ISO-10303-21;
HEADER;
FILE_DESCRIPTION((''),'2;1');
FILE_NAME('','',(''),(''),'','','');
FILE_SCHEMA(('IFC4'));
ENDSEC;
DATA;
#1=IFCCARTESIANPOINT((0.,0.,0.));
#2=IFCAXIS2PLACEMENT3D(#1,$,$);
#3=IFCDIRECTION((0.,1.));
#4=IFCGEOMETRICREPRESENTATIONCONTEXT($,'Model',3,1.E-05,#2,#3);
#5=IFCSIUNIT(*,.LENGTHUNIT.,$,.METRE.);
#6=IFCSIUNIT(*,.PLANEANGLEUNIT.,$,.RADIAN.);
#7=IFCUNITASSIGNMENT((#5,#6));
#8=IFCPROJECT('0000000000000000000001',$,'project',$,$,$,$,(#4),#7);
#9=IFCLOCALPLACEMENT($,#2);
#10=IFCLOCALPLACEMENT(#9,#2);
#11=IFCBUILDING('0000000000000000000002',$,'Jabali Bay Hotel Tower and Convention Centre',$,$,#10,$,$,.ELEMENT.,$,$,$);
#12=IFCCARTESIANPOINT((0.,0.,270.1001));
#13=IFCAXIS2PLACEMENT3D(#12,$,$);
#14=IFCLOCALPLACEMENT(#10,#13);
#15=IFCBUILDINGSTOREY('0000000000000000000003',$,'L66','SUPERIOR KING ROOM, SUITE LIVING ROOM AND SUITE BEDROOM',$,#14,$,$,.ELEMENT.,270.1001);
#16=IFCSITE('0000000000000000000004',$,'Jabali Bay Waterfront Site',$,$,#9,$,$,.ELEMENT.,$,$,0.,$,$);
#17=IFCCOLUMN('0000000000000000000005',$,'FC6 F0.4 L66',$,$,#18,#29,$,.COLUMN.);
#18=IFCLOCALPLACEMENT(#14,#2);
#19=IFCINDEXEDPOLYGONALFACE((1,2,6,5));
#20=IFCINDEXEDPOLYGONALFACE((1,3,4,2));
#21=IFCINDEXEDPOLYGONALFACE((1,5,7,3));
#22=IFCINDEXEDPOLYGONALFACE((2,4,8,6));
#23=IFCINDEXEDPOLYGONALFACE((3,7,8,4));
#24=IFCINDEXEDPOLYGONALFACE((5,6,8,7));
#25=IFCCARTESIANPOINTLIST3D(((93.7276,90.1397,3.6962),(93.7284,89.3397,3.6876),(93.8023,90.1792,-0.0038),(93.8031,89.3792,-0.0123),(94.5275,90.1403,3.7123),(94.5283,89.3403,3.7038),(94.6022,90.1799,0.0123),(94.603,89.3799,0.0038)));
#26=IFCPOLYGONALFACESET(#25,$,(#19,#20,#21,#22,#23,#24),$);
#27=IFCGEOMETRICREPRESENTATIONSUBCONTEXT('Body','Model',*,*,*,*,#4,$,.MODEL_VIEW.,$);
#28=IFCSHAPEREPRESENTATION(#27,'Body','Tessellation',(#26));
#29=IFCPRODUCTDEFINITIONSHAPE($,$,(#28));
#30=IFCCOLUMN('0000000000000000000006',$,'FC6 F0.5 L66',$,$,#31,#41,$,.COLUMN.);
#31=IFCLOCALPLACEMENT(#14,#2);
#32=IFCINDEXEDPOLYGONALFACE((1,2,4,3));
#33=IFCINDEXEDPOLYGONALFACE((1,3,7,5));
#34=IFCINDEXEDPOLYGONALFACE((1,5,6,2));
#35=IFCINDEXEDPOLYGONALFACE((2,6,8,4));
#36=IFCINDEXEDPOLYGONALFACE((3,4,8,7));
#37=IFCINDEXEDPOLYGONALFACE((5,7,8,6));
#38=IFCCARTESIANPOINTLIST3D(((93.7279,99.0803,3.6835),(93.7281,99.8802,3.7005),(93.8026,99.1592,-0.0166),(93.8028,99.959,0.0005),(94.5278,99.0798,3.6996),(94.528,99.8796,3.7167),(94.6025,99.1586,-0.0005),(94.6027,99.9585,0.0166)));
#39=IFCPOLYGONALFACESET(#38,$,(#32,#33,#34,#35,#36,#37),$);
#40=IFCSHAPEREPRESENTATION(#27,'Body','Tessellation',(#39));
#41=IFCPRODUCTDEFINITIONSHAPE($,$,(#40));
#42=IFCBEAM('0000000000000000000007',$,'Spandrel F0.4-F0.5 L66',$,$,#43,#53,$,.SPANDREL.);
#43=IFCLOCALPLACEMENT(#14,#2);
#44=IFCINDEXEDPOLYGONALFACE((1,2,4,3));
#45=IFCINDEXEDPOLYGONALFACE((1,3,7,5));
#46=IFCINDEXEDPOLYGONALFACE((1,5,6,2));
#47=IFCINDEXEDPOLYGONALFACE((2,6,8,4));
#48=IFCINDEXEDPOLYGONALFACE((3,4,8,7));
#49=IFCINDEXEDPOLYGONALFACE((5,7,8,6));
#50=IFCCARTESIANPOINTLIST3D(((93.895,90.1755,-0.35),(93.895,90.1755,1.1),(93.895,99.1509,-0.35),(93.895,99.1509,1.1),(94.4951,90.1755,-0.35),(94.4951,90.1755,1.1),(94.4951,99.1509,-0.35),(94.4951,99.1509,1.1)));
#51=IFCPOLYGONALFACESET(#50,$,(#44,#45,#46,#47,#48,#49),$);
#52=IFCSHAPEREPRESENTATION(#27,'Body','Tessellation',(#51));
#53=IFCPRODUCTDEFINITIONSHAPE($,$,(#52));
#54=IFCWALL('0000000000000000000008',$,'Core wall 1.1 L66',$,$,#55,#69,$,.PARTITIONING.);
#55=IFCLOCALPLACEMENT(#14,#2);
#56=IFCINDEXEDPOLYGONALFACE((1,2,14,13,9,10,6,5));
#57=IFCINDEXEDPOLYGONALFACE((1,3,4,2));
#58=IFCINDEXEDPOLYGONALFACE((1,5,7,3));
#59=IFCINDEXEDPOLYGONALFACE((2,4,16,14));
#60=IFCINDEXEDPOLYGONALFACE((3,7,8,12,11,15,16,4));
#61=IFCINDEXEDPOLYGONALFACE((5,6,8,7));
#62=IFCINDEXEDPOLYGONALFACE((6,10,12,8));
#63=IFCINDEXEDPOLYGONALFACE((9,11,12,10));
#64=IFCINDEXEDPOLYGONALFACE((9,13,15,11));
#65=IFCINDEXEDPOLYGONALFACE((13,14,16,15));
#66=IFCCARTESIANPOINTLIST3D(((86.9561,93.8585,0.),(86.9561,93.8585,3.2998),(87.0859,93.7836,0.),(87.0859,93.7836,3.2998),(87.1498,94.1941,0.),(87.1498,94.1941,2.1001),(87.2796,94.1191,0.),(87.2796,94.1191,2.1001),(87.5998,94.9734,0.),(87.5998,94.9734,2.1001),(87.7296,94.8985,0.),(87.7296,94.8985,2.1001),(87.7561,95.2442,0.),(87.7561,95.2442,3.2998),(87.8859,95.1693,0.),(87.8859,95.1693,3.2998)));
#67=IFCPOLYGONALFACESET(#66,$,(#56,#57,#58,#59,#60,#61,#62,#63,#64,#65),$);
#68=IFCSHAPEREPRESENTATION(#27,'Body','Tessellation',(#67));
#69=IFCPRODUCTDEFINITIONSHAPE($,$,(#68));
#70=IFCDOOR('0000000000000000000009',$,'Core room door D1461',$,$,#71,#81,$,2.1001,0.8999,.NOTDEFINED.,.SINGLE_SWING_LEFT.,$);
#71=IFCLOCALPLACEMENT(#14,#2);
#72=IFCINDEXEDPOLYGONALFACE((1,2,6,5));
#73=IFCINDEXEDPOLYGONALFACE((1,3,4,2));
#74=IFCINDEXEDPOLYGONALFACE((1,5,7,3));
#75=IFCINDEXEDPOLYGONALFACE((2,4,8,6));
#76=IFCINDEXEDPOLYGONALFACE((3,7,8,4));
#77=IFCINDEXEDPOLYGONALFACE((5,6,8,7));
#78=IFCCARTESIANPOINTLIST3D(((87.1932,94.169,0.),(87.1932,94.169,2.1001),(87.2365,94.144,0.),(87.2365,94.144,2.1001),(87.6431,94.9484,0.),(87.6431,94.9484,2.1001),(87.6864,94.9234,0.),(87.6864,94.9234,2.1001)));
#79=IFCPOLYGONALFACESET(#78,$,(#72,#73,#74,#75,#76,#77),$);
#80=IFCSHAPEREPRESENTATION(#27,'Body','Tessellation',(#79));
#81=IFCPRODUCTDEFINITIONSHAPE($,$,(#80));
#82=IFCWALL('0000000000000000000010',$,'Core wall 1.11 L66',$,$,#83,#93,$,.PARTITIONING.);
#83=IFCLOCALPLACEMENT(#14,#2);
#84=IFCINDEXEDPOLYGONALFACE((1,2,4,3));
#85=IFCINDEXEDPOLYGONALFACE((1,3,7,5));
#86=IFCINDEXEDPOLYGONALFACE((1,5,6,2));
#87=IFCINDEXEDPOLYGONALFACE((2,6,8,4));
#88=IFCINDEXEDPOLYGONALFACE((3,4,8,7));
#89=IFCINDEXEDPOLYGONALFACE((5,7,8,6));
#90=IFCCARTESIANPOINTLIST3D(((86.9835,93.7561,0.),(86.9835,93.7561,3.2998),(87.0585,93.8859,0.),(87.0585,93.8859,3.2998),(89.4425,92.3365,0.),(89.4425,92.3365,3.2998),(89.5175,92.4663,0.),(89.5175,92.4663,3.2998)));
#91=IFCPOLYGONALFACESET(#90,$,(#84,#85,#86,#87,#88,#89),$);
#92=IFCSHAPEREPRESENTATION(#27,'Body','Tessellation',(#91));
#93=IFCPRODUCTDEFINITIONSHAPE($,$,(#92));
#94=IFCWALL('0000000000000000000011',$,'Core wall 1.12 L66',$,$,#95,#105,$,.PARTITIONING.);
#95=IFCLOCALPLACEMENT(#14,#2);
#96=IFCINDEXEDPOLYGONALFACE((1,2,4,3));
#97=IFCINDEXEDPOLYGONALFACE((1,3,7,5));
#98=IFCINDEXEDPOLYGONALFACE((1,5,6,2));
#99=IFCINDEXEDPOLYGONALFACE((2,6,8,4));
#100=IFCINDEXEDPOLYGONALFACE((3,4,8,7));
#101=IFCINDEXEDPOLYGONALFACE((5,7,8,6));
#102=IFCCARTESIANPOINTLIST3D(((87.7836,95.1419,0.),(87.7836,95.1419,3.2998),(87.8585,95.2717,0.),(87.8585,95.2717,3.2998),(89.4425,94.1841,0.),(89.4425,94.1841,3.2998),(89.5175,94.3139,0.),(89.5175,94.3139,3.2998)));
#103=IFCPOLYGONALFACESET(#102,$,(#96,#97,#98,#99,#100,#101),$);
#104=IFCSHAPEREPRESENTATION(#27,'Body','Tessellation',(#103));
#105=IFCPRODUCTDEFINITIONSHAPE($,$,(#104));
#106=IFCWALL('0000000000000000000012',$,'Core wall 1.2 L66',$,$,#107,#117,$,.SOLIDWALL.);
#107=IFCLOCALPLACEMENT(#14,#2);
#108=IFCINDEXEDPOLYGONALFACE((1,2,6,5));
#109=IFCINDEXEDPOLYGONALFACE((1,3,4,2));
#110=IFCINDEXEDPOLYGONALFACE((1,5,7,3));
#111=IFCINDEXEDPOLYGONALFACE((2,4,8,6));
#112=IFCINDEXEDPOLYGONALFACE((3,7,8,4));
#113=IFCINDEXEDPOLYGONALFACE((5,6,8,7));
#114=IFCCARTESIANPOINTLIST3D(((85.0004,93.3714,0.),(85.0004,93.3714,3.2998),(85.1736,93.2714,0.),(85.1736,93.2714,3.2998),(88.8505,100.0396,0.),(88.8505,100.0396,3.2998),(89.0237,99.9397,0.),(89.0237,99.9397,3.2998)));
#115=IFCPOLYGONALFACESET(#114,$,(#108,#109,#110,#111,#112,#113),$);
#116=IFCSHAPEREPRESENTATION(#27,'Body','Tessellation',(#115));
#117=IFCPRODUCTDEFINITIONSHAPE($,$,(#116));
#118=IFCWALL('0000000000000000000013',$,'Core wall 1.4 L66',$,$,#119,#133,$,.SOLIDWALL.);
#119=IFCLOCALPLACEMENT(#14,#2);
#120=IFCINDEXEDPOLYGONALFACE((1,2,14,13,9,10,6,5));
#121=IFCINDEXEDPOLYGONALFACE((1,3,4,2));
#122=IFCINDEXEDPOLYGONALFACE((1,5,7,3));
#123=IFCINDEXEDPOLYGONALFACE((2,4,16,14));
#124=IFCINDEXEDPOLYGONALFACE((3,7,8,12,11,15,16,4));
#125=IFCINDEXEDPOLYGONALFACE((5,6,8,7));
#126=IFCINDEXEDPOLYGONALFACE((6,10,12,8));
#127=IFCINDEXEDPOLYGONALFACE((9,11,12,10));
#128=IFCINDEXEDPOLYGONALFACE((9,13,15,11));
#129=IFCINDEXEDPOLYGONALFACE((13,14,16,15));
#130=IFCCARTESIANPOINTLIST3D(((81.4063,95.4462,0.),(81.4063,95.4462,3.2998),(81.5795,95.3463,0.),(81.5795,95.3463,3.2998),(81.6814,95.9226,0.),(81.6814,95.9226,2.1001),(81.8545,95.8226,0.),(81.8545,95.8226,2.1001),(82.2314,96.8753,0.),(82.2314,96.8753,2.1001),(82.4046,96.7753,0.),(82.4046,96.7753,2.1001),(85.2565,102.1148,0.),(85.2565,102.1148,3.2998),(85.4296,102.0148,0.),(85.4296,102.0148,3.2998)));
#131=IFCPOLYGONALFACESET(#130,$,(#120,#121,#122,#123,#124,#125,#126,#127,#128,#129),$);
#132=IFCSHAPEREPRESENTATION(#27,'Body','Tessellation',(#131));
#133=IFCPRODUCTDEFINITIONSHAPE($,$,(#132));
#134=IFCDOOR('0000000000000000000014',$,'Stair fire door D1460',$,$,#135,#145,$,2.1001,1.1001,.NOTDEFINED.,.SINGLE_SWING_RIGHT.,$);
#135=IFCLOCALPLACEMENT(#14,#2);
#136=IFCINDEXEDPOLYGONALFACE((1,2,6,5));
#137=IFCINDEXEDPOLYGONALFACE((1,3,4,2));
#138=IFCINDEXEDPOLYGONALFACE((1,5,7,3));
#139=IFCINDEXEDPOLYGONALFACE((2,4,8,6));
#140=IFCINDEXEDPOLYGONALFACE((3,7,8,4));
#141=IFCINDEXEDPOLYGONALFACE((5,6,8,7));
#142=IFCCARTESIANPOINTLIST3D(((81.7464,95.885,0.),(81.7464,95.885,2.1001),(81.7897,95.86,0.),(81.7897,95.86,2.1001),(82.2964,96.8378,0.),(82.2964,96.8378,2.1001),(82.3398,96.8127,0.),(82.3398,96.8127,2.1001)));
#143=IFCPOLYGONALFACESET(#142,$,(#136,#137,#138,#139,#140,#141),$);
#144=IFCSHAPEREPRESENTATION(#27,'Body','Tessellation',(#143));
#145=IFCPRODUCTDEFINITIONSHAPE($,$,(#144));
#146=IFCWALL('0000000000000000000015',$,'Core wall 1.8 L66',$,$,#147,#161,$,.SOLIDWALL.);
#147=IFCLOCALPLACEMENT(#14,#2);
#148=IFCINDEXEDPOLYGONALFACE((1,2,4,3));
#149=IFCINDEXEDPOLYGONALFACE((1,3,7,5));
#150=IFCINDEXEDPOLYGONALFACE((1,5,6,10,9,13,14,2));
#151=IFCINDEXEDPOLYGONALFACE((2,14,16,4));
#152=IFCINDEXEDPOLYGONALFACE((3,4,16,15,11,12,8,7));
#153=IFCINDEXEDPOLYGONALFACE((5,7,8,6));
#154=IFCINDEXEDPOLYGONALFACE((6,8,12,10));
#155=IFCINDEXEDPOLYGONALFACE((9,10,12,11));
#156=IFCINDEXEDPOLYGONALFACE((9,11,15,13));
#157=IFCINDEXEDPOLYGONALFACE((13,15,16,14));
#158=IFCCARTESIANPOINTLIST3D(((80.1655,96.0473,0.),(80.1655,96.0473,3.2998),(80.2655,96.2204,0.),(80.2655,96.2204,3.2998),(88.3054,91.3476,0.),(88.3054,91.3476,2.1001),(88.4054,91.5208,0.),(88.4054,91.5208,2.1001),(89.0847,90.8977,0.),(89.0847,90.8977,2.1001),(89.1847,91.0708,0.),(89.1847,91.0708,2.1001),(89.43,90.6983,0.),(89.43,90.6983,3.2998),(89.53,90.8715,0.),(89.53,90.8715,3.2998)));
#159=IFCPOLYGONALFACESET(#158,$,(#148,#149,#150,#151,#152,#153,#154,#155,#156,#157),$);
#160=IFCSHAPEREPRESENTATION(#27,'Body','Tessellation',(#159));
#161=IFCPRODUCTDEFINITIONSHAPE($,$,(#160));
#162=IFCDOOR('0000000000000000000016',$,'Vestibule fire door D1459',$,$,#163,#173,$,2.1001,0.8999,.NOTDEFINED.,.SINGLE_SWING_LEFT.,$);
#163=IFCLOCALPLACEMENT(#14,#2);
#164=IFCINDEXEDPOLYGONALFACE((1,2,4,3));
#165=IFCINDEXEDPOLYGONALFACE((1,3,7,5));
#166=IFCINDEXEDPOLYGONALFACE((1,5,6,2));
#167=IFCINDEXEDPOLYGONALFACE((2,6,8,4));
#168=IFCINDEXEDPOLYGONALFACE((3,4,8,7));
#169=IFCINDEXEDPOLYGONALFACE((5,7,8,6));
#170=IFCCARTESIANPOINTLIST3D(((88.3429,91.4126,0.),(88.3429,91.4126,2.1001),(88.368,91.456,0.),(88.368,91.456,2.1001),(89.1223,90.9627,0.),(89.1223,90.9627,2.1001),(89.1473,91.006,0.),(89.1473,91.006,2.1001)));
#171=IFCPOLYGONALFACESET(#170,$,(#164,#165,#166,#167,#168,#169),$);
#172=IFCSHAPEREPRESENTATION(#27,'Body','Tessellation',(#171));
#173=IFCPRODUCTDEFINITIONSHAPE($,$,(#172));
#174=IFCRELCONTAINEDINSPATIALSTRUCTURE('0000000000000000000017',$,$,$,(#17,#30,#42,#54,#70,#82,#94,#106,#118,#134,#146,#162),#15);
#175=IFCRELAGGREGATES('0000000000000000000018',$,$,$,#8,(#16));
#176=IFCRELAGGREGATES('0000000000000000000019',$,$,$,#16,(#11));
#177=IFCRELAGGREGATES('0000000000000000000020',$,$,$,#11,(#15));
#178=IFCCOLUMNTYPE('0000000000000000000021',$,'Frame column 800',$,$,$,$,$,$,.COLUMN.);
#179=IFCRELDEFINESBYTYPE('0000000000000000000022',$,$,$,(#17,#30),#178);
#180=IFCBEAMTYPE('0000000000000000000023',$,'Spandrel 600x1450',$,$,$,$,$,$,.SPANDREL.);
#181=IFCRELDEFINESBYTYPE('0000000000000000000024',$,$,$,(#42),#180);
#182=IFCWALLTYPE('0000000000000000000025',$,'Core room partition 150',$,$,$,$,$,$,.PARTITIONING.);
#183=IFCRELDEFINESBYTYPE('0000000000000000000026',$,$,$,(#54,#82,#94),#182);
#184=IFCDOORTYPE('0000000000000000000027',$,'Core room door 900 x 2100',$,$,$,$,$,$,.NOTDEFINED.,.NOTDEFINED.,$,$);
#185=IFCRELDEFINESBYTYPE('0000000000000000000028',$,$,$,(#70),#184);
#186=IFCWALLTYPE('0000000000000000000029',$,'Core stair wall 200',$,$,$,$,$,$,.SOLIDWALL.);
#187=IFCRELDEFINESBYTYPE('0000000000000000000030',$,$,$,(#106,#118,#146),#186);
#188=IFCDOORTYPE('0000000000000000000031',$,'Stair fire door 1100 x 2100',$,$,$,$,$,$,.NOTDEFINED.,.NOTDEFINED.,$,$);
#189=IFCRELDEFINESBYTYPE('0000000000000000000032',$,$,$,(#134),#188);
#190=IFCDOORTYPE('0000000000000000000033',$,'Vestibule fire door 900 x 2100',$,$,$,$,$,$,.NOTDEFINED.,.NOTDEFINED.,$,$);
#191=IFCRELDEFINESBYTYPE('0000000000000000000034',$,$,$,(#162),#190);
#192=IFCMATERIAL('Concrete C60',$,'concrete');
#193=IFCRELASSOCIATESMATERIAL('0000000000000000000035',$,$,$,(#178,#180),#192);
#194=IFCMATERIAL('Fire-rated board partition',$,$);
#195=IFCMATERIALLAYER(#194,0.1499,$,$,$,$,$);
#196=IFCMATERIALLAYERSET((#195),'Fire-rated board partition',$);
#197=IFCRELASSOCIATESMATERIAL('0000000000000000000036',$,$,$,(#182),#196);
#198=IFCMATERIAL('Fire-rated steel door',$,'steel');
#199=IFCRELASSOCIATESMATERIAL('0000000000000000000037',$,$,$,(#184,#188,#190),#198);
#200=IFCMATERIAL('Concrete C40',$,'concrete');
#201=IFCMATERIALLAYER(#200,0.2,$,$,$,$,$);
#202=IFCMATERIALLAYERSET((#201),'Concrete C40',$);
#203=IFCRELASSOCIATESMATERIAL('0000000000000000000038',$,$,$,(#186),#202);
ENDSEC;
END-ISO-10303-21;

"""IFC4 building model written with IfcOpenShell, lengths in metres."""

from ifc_helpers import new_model, si_unit, direction, frame, frame_2d, origin, origin_2d, place, context, subcontext, project, spatial, rectangle, extrude, material, layer, layer_set, material_profile, profile_set, type_object, element, fill, save


model = new_model("IFC4")

# Units and contexts
model_context = context("Model", 3, precision=1e-05, world=origin(), true_north=direction((0.0, 1.0)))
body_context = subcontext(model_context, "Body", "Model", "MODEL_VIEW")
ifc_project = project(units=[si_unit("LENGTHUNIT", "METRE"), si_unit("PLANEANGLEUNIT", "RADIAN")], contexts=[model_context])

# Site, building, storey
site_placement = place(None, origin())
site = spatial("IfcSite", under=ifc_project, at=site_placement, Name="Jabali Bay Waterfront Site", CompositionType="ELEMENT", RefElevation=0.0)
building_placement = place(site_placement, origin())
building = spatial("IfcBuilding", under=site, at=building_placement, Name="Jabali Bay Hotel Tower and Convention Centre", CompositionType="ELEMENT")
storey_placement = place(building_placement, frame((0.0, 0.0, 270.1001)))
storey = spatial("IfcBuildingStorey", under=building, at=storey_placement, Name="L66", Description="SUPERIOR KING ROOM, SUITE LIVING ROOM AND SUITE BEDROOM", CompositionType="ELEMENT", Elevation=270.1001)

# Columns
ifc_material_1 = material(Name="Concrete C60", Category="concrete")
ifc_material_profile_1 = material_profile(ifc_material_1, rectangle(XDim=0.8, YDim=0.8, at=origin_2d()), Name="Frame column 800")
ifc_profile_set_1 = profile_set([ifc_material_profile_1], Name="Concrete C60")
column_type = type_object("IfcColumnType", Name="Frame column 800", PredefinedType="COLUMN", material=ifc_profile_set_1)
column_1_placement = place(storey_placement, frame((94.2026, 89.7795, 0.0), z_axis=(-0.020186, -0.010687, 0.999739), x_axis=(0.999796, 0.000797, 0.020196)))
element("IfcColumn", 1, at=column_1_placement, inside=storey, type_object=column_type, Name="FC6 F0.4 L66", PredefinedType="COLUMN", context=body_context, shape_type="SweptSolid", body=[
    extrude(rectangle(XDim=0.8, YDim=0.8, at=origin_2d()), origin(), (0.0, 0.0, 1.0), 3.7009),
])
column_2_placement = place(storey_placement, frame((94.2026, 99.5588, 0.0), z_axis=(-0.020183, -0.021304, 0.999569), x_axis=(0.999796, -0.000658, 0.020173)))
element("IfcColumn", 2, at=column_2_placement, inside=storey, type_object=column_type, Name="FC6 F0.5 L66", PredefinedType="COLUMN", context=body_context, shape_type="SweptSolid", body=[
    extrude(rectangle(XDim=0.8, YDim=0.8, at=origin_2d()), origin(), (0.0, 0.0, 1.0), 3.7017),
])

# Beam
ifc_material_profile_2 = material_profile(ifc_material_1, rectangle(XDim=0.6001, YDim=1.45, at=origin_2d()), Name="Spandrel 600x1450")
ifc_profile_set_2 = profile_set([ifc_material_profile_2], Name="Concrete C60")
beam_type = type_object("IfcBeamType", Name="Spandrel 600x1450", PredefinedType="SPANDREL", material=ifc_profile_set_2)
beam_placement = place(storey_placement, frame((94.1951, 90.1755, 0.375), z_axis=(0.0, 1.0, 0.0), x_axis=(-1.0, 0.0, 0.0)))
element("IfcBeam", 3, at=beam_placement, inside=storey, type_object=beam_type, Name="Spandrel F0.4-F0.5 L66", PredefinedType="SPANDREL", context=body_context, shape_type="SweptSolid", body=[
    extrude(rectangle(XDim=0.6001, YDim=1.45, at=origin_2d()), origin(), (0.0, 0.0, 1.0), 8.9753),
])

# Wall, opening, door
ifc_material_2 = material(Name="Fire-rated board partition")
ifc_layer_1 = layer(ifc_material_2, 0.1499)
ifc_layer_set_1 = layer_set([ifc_layer_1], Name="Fire-rated board partition")
wall_type_1 = type_object("IfcWallType", Name="Core room partition 150", PredefinedType="PARTITIONING", material=ifc_layer_set_1)
wall_1_placement = place(storey_placement, frame((87.021, 93.821, 0.0), z_axis=(0.0, 0.0, 1.0), x_axis=(0.499995, 0.866028, 0.0)))
wall_1 = element("IfcWall", 4, at=wall_1_placement, inside=storey, type_object=wall_type_1, Name="Core wall 1.1 L66", PredefinedType="PARTITIONING", context=body_context, shape_type="SweptSolid", body=[
    extrude(rectangle(XDim=1.6001, YDim=0.1499, at=frame_2d((0.8, 0.0))), origin(), (0.0, 0.0, 1.0), 3.2998),
])
opening_1_placement = place(wall_1_placement, frame((0.3875, 0.0, 0.0)))
opening_1 = element("IfcOpeningElement", 5, at=opening_1_placement, cuts=wall_1, PredefinedType="OPENING", context=body_context, shape_type="SweptSolid", body=[
    extrude(rectangle(XDim=0.8999, YDim=2.1001, at=frame_2d((0.45, 1.05))), frame((0.0, 0.0854, 0.0), z_axis=(0.0, -1.0, 0.0), x_axis=(1.0, 0.0, 0.0)), (0.0, 0.0, 1.0), 0.1709),
])
ifc_material_3 = material(Name="Fire-rated steel door", Category="steel")
door_type_1 = type_object("IfcDoorType", Name="Core room door 900 x 2100", OperationType="NOTDEFINED", PredefinedType="NOTDEFINED", material=ifc_material_3)
door_1_placement = place(opening_1_placement, origin())
door_1 = element("IfcDoor", 6, at=door_1_placement, inside=storey, type_object=door_type_1, Name="Core room door D1461", OperationType="SINGLE_SWING_LEFT", OverallHeight=2.1001, OverallWidth=0.8999, PredefinedType="NOTDEFINED", context=body_context, shape_type="SweptSolid", body=[
    extrude(rectangle(XDim=0.8999, YDim=2.1001, at=frame_2d((0.45, 1.05))), frame((0.0, 0.0249, 0.0), z_axis=(0.0, -1.0, 0.0), x_axis=(1.0, 0.0, 0.0)), (0.0, 0.0, 1.0), 0.05),
])
fill(opening_1, door_1)

# Walls
wall_2_placement = place(storey_placement, frame((89.48, 92.4014, 0.0), z_axis=(0.0, 0.0, 1.0), x_axis=(-0.866028, 0.499995, 0.0)))
element("IfcWall", 7, at=wall_2_placement, inside=storey, type_object=wall_type_1, Name="Core wall 1.11 L66", PredefinedType="PARTITIONING", context=body_context, shape_type="SweptSolid", body=[
    extrude(rectangle(XDim=2.8394, YDim=0.1499, at=frame_2d((1.4197, 0.0))), origin(), (0.0, 0.0, 1.0), 3.2998),
])
wall_3_placement = place(storey_placement, frame((89.48, 94.249, 0.0), z_axis=(0.0, 0.0, 1.0), x_axis=(-0.866031, 0.499991, 0.0)))
element("IfcWall", 8, at=wall_3_placement, inside=storey, type_object=wall_type_1, Name="Core wall 1.12 L66", PredefinedType="PARTITIONING", context=body_context, shape_type="SweptSolid", body=[
    extrude(rectangle(XDim=1.9155, YDim=0.1499, at=frame_2d((0.9578, 0.0))), origin(), (0.0, 0.0, 1.0), 3.2998),
])
ifc_material_4 = material(Name="Concrete C40", Category="concrete")
ifc_layer_2 = layer(ifc_material_4, 0.2)
ifc_layer_set_2 = layer_set([ifc_layer_2], Name="Concrete C40")
wall_type_2 = type_object("IfcWallType", Name="Core stair wall 200", PredefinedType="SOLIDWALL", material=ifc_layer_set_2)
wall_4_placement = place(storey_placement, frame((85.0869, 93.3213, 0.0), z_axis=(0.0, 0.0, 1.0), x_axis=(0.50002, 0.866014, 0.0)))
element("IfcWall", 9, at=wall_4_placement, inside=storey, type_object=wall_type_2, Name="Core wall 1.2 L66", PredefinedType="SOLIDWALL", context=body_context, shape_type="SweptSolid", body=[
    extrude(rectangle(XDim=7.7, YDim=0.2, at=frame_2d((3.8501, 0.0))), origin(), (0.0, 0.0, 1.0), 3.2998),
])

# Walls, openings, doors
wall_5_placement = place(storey_placement, frame((81.4929, 95.3962, 0.0), z_axis=(0.0, 0.0, 1.0), x_axis=(0.500006, 0.866022, 0.0)))
wall_5 = element("IfcWall", 10, at=wall_5_placement, inside=storey, type_object=wall_type_2, Name="Core wall 1.4 L66", PredefinedType="SOLIDWALL", context=body_context, shape_type="SweptSolid", body=[
    extrude(rectangle(XDim=7.7002, YDim=0.2, at=frame_2d((3.8501, 0.0))), origin(), (0.0, 0.0, 1.0), 3.2998),
])
opening_2_placement = place(wall_5_placement, frame((0.55, 0.0, 0.0)))
opening_2 = element("IfcOpeningElement", 11, at=opening_2_placement, cuts=wall_5, PredefinedType="OPENING", context=body_context, shape_type="SweptSolid", body=[
    extrude(rectangle(XDim=1.1001, YDim=2.1001, at=frame_2d((0.55, 1.05))), frame((0.0, 0.1104, 0.0), z_axis=(0.0, -1.0, 0.0), x_axis=(1.0, 0.0, 0.0)), (0.0, 0.0, 1.0), 0.2209),
])
door_type_2 = type_object("IfcDoorType", Name="Stair fire door 1100 x 2100", OperationType="NOTDEFINED", PredefinedType="NOTDEFINED", material=ifc_material_3)
door_2_placement = place(opening_2_placement, origin())
door_2 = element("IfcDoor", 12, at=door_2_placement, inside=storey, type_object=door_type_2, Name="Stair fire door D1460", OperationType="SINGLE_SWING_RIGHT", OverallHeight=2.1001, OverallWidth=1.1001, PredefinedType="NOTDEFINED", context=body_context, shape_type="SweptSolid", body=[
    extrude(rectangle(XDim=1.1001, YDim=2.1001, at=frame_2d((0.55, 1.05))), frame((0.0, 0.0249, 0.0), z_axis=(0.0, -1.0, 0.0), x_axis=(1.0, 0.0, 0.0)), (0.0, 0.0, 1.0), 0.05),
])
fill(opening_2, door_2)
wall_6_placement = place(storey_placement, frame((89.48, 90.7849, 0.0), z_axis=(0.0, 0.0, 1.0), x_axis=(-0.866023, 0.500005, 0.0)))
wall_6 = element("IfcWall", 13, at=wall_6_placement, inside=storey, type_object=wall_type_2, Name="Core wall 1.8 L66", PredefinedType="SOLIDWALL", context=body_context, shape_type="SweptSolid", body=[
    extrude(rectangle(XDim=10.6978, YDim=0.2, at=frame_2d((5.3489, 0.0))), origin(), (0.0, 0.0, 1.0), 3.2998),
])
opening_3_placement = place(wall_6_placement, frame((0.3987, 0.0, 0.0)))
opening_3 = element("IfcOpeningElement", 14, at=opening_3_placement, cuts=wall_6, PredefinedType="OPENING", context=body_context, shape_type="SweptSolid", body=[
    extrude(rectangle(XDim=0.8999, YDim=2.1001, at=frame_2d((0.45, 1.05))), frame((0.0, 0.1104, 0.0), z_axis=(0.0, -1.0, 0.0), x_axis=(1.0, 0.0, 0.0)), (0.0, 0.0, 1.0), 0.2209),
])
door_type_3 = type_object("IfcDoorType", Name="Vestibule fire door 900 x 2100", OperationType="NOTDEFINED", PredefinedType="NOTDEFINED", material=ifc_material_3)
door_3_placement = place(opening_3_placement, origin())
door_3 = element("IfcDoor", 15, at=door_3_placement, inside=storey, type_object=door_type_3, Name="Vestibule fire door D1459", OperationType="SINGLE_SWING_LEFT", OverallHeight=2.1001, OverallWidth=0.8999, PredefinedType="NOTDEFINED", context=body_context, shape_type="SweptSolid", body=[
    extrude(rectangle(XDim=0.8999, YDim=2.1001, at=frame_2d((0.45, 1.05))), frame((0.0, 0.0249, 0.0), z_axis=(0.0, -1.0, 0.0), x_axis=(1.0, 0.0, 0.0)), (0.0, 0.0, 1.0), 0.05),
])
fill(opening_3, door_3)

save(model, "model.ifc")
